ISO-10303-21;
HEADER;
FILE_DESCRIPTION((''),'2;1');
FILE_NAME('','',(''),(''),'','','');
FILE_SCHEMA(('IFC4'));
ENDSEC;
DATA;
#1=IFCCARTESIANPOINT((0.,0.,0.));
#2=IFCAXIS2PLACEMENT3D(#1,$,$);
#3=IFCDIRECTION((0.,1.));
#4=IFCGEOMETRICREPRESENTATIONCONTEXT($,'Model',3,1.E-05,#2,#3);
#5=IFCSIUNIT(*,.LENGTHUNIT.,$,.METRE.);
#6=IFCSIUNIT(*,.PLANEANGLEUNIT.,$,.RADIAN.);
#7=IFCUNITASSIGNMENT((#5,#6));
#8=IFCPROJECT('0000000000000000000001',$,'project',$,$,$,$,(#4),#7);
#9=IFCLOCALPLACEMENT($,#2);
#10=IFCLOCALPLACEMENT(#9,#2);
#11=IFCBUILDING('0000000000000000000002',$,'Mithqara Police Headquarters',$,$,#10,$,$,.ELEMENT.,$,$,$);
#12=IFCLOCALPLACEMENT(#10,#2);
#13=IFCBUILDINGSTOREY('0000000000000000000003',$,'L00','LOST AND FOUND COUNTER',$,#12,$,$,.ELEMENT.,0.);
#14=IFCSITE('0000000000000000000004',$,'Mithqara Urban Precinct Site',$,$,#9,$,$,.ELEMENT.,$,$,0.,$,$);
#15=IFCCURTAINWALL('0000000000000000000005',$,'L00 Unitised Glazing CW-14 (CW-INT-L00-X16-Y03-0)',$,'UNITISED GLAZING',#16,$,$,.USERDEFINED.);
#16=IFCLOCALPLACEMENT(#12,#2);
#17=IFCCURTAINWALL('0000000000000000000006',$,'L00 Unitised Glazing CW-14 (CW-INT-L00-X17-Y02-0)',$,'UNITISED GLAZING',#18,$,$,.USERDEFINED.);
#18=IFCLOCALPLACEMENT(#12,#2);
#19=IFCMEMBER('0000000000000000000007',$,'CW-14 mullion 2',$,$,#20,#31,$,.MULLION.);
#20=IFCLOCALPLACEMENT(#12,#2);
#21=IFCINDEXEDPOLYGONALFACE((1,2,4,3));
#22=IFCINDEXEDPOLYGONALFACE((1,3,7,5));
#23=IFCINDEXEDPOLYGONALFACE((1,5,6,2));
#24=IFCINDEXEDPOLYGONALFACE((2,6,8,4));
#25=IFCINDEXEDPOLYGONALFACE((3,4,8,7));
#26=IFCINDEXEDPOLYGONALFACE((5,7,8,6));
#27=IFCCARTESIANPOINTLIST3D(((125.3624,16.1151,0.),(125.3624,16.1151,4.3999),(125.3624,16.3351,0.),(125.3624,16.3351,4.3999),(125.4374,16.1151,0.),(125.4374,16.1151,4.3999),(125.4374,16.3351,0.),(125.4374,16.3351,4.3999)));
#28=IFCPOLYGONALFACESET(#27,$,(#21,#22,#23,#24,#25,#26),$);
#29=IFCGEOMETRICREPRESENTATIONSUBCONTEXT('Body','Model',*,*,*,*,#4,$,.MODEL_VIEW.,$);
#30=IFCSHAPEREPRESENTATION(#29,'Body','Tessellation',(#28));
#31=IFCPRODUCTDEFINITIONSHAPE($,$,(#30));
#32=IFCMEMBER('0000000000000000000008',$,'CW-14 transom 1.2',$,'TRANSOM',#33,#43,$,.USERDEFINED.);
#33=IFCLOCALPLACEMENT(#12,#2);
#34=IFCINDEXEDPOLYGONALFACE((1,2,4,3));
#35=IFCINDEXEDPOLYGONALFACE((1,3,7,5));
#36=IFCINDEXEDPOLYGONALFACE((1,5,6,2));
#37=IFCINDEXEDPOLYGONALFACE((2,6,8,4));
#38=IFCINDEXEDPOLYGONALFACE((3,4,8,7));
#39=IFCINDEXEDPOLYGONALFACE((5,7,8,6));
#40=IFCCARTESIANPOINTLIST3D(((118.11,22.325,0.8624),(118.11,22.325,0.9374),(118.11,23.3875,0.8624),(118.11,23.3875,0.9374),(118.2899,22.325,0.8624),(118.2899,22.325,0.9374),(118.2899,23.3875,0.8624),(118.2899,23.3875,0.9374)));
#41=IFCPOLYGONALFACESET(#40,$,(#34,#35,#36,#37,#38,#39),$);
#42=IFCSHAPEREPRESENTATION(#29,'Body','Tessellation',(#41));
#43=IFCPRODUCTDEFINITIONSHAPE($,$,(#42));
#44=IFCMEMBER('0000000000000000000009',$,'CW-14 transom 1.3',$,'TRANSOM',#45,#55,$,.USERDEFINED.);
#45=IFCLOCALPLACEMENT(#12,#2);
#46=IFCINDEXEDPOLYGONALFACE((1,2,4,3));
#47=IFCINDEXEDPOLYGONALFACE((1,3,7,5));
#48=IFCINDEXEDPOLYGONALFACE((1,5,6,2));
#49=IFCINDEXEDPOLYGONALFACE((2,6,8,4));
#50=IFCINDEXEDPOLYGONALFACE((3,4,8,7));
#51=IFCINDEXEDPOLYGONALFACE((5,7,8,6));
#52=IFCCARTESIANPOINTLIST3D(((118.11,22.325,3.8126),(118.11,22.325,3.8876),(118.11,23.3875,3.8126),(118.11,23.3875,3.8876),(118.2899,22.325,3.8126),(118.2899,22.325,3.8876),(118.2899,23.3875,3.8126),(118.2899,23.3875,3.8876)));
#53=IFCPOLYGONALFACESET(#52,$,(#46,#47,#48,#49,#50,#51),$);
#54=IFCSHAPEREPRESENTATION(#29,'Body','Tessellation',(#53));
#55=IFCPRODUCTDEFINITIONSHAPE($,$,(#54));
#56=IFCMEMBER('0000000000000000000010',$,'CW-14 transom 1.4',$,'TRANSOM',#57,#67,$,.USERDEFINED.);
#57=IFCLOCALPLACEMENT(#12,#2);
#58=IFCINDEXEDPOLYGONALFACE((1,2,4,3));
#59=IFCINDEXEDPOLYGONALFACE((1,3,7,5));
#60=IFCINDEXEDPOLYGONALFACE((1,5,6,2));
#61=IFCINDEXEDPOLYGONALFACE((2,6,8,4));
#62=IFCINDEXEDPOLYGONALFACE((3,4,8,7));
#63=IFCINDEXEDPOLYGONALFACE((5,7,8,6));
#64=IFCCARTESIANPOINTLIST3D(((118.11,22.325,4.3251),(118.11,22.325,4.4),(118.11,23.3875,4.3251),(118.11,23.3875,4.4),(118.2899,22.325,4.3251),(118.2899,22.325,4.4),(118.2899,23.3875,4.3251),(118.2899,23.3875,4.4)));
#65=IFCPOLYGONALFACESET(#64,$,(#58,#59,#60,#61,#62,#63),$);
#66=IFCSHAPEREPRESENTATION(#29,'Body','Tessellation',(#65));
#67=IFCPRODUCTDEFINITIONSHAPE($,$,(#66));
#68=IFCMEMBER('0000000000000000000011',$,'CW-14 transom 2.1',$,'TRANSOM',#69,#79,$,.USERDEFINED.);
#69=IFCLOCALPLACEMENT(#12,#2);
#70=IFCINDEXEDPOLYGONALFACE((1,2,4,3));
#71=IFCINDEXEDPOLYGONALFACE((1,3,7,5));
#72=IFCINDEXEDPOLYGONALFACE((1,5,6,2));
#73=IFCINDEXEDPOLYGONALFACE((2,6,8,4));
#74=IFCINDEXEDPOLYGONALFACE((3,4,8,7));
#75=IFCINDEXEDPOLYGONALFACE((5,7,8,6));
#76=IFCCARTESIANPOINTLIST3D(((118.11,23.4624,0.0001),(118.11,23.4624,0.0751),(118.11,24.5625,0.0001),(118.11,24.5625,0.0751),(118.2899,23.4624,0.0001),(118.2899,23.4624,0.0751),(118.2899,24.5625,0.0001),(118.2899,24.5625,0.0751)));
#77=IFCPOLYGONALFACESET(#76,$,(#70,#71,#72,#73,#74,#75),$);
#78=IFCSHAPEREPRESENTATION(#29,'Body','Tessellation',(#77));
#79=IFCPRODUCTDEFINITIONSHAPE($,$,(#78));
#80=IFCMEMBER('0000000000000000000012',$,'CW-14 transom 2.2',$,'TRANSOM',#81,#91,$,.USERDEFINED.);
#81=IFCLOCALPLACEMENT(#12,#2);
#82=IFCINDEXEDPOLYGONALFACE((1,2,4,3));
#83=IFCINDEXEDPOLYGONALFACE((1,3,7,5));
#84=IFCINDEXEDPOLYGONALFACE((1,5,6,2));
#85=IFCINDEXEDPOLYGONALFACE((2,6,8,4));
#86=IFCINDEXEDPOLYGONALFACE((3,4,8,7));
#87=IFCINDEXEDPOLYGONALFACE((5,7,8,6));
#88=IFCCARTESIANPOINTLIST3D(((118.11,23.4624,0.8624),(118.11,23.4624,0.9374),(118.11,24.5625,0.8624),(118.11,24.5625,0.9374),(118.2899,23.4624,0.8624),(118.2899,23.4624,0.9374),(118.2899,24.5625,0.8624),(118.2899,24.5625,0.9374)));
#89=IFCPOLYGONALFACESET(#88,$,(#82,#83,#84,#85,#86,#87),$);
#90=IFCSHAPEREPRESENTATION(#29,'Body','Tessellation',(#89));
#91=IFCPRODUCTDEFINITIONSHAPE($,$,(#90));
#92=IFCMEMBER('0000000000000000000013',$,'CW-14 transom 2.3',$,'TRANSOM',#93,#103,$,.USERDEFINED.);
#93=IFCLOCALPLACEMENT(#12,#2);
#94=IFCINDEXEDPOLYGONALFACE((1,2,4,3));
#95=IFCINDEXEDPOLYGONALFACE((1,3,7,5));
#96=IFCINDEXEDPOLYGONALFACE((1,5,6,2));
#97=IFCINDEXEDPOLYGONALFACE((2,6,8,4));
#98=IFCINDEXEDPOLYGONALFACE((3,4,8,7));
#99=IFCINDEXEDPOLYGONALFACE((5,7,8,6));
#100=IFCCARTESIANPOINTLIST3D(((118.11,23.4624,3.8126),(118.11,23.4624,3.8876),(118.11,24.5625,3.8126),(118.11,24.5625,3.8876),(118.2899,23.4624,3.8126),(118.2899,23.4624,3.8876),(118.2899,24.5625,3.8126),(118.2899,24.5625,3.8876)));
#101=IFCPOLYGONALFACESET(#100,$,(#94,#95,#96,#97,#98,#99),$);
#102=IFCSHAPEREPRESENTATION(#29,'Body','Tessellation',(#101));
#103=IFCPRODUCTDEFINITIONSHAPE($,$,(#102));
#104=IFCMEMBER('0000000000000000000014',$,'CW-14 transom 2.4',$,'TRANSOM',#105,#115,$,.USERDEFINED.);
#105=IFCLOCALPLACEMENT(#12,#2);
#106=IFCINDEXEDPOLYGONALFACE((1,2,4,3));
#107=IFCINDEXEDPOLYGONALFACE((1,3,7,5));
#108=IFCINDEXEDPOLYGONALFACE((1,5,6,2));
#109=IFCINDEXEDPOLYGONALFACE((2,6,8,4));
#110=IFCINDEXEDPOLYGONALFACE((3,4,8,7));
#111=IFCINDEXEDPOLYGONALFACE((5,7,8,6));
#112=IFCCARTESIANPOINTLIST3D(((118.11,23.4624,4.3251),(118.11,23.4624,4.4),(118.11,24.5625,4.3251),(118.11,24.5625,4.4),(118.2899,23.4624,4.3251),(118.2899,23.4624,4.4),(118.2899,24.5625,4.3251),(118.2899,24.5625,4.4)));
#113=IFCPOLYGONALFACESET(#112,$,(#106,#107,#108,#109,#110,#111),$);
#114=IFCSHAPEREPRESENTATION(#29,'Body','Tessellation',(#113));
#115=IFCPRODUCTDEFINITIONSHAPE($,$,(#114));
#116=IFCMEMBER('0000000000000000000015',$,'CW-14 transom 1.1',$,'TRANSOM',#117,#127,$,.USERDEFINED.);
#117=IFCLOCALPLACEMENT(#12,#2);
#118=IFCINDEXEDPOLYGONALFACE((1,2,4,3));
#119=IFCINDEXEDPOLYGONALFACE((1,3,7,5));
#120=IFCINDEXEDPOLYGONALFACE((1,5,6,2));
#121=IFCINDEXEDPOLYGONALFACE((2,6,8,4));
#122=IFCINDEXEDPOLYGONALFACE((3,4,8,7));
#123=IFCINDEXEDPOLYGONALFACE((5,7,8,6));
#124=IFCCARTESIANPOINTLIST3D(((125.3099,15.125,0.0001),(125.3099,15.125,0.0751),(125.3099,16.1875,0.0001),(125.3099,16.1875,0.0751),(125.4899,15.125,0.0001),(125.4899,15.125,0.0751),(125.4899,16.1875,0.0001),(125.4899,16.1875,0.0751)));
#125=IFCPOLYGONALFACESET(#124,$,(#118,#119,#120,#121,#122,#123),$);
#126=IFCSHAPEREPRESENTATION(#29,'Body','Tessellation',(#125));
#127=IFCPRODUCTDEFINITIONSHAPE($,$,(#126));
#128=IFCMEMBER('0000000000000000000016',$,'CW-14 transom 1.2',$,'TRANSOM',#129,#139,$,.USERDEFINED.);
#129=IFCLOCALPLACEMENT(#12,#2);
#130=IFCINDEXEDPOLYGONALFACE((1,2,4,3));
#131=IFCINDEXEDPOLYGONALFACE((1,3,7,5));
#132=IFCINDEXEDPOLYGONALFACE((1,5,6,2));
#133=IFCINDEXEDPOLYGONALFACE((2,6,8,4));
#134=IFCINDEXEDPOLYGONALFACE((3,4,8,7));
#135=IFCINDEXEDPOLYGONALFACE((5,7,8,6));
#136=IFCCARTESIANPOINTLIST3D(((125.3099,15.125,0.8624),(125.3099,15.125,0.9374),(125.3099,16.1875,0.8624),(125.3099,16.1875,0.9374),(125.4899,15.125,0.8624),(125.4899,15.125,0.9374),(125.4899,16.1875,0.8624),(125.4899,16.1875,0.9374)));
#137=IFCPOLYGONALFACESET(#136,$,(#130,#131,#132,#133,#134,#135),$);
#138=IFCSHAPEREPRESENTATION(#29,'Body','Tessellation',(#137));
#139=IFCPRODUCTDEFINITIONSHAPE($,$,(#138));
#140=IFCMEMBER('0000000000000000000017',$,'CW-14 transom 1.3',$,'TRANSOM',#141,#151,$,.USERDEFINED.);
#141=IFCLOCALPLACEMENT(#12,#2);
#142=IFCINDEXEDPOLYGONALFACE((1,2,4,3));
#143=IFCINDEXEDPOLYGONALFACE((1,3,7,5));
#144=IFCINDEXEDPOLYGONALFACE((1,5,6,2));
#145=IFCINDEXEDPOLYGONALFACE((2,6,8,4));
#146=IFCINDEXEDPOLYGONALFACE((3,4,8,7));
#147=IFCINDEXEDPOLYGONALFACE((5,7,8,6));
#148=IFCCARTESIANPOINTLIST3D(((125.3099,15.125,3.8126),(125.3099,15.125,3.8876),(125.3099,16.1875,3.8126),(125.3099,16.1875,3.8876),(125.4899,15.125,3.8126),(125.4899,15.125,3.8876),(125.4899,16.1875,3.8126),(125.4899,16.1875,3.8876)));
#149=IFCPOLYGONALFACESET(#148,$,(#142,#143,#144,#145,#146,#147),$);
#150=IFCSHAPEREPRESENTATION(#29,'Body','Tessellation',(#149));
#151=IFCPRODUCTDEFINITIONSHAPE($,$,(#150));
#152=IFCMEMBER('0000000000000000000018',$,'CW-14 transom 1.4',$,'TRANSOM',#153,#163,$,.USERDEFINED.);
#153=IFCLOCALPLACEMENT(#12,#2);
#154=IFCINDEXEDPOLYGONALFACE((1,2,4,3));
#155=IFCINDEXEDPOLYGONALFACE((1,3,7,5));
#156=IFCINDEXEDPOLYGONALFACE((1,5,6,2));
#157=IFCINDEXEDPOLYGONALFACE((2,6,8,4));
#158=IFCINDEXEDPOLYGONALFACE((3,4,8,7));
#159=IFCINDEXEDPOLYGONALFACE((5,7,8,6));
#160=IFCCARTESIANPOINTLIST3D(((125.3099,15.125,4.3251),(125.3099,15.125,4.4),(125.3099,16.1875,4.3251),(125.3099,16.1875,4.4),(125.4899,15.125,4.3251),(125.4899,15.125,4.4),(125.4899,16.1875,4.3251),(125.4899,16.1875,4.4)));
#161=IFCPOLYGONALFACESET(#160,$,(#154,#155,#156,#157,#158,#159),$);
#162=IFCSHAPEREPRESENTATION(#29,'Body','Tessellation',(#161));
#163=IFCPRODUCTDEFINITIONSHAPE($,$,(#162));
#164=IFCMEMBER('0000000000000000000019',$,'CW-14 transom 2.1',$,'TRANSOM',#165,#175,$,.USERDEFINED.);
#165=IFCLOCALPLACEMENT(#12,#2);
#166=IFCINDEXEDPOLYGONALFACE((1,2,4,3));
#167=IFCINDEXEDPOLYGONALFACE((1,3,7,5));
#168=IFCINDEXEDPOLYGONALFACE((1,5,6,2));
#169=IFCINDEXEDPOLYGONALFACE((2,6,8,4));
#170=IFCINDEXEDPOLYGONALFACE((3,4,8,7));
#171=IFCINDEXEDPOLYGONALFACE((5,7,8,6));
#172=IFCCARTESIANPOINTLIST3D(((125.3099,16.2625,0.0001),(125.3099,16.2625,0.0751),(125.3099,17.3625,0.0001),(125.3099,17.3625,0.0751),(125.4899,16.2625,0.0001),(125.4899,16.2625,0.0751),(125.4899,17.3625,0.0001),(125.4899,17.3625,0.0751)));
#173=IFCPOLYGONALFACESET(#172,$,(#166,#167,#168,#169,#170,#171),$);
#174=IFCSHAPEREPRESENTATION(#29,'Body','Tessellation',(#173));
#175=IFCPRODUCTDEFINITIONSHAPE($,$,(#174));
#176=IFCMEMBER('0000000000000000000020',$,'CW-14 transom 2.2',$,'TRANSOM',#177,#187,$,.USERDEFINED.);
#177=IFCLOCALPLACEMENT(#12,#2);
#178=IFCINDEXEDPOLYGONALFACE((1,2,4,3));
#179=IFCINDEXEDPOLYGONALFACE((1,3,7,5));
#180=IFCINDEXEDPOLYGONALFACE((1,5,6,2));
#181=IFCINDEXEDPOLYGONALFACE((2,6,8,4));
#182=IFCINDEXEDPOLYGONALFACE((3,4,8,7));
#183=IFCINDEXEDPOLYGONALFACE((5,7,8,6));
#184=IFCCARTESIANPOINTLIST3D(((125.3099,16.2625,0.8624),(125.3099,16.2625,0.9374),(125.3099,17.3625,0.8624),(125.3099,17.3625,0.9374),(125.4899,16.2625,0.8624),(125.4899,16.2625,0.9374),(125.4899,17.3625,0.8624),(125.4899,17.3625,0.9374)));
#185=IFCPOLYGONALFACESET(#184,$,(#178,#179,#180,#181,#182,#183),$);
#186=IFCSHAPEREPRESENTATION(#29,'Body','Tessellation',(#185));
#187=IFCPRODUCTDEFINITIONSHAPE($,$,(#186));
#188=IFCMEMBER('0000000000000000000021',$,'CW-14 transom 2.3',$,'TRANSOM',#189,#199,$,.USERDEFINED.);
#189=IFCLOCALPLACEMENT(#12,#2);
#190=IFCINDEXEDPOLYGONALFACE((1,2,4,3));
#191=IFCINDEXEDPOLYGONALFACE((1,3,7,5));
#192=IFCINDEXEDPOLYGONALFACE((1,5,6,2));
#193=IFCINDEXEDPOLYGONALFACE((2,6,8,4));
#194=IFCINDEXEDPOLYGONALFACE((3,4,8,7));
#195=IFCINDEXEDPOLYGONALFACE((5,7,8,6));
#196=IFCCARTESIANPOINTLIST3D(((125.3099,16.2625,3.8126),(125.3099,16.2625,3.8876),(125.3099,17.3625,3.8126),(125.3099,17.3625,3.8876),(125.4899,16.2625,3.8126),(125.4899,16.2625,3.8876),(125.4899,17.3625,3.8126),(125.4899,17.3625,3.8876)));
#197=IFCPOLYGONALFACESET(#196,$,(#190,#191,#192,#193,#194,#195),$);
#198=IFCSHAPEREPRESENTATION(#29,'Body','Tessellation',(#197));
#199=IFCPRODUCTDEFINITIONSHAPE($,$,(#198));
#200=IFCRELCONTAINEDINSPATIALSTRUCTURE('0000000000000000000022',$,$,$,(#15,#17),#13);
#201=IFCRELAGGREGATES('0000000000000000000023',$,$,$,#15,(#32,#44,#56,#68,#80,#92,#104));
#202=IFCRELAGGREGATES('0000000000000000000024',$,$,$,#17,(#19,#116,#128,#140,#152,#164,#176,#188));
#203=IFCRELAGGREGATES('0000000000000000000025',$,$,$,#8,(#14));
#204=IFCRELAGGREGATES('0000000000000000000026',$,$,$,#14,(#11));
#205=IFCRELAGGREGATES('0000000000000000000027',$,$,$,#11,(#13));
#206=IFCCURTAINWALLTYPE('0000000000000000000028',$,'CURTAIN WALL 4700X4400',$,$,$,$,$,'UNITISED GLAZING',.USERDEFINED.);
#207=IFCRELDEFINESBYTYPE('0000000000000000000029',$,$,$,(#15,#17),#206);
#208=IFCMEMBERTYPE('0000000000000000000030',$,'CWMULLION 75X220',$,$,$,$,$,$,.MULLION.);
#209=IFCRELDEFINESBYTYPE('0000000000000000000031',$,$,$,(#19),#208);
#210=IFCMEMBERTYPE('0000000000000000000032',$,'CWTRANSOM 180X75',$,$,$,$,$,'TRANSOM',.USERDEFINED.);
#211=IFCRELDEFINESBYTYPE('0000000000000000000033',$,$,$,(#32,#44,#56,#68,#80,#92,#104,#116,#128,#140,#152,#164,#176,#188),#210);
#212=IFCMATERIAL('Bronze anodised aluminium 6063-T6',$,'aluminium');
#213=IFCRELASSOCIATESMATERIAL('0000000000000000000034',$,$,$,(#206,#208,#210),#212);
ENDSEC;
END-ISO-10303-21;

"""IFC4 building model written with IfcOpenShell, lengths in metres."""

from ifc_helpers import new_model, si_unit, direction, frame, origin, origin_2d, place, context, subcontext, project, spatial, rectangle, extrude, material, material_profile, profile_set, type_object, element, aggregate, save


model = new_model("IFC4")

# Units and contexts
model_context = context("Model", 3, precision=1e-05, world=origin(), true_north=direction((0.0, 1.0)))
body_context = subcontext(model_context, "Body", "Model", "MODEL_VIEW")
ifc_project = project(units=[si_unit("LENGTHUNIT", "METRE"), si_unit("PLANEANGLEUNIT", "RADIAN")], contexts=[model_context])

# Site, building, storey
site_placement = place(None, origin())
site = spatial("IfcSite", under=ifc_project, at=site_placement, Name="Mithqara Urban Precinct Site", CompositionType="ELEMENT", RefElevation=0.0)
building_placement = place(site_placement, origin())
building = spatial("IfcBuilding", under=site, at=building_placement, Name="Mithqara Police Headquarters", CompositionType="ELEMENT")
storey_placement = place(building_placement, origin())
storey = spatial("IfcBuildingStorey", under=building, at=storey_placement, Name="L00", Description="LOST AND FOUND COUNTER", CompositionType="ELEMENT", Elevation=0.0)

# Curtain wall
ifc_material_1 = material(Name="Bronze anodised aluminium 6063-T6", Category="aluminium")
curtain_wall_type = type_object("IfcCurtainWallType", Name="CURTAIN WALL 4700X4400", ElementType="UNITISED GLAZING", PredefinedType="USERDEFINED", material=ifc_material_1)
curtain_wall_1_placement = place(storey_placement, origin())
curtain_wall_1 = element("IfcCurtainWall", 1, at=curtain_wall_1_placement, inside=storey, type_object=curtain_wall_type, Name="L00 Unitised Glazing CW-14 (CW-INT-L00-X16-Y03-0)", ObjectType="UNITISED GLAZING", PredefinedType="USERDEFINED")
ifc_material_profile_1 = material_profile(ifc_material_1, rectangle(XDim=0.075, YDim=0.22, at=origin_2d()), Name="CWM 75x220")
ifc_profile_set_1 = profile_set([ifc_material_profile_1], Name="Bronze anodised aluminium 6063-T6")
member_type_1 = type_object("IfcMemberType", Name="CWMULLION 75X220", PredefinedType="MULLION", material=ifc_profile_set_1)

# Curtain wall, member
curtain_wall_2_placement = place(storey_placement, origin())
curtain_wall_2 = element("IfcCurtainWall", 2, at=curtain_wall_2_placement, inside=storey, type_object=curtain_wall_type, Name="L00 Unitised Glazing CW-14 (CW-INT-L00-X17-Y02-0)", ObjectType="UNITISED GLAZING", PredefinedType="USERDEFINED")
member_1_placement = place(storey_placement, frame((125.3999, 16.2251, 0.0), z_axis=(0.0, 0.0, 1.0), x_axis=(-1.0, 0.0, 0.0)))
member_1 = element("IfcMember", 3, at=member_1_placement, type_object=member_type_1, Name="CW-14 mullion 2", PredefinedType="MULLION", context=body_context, shape_type="SweptSolid", body=[
    extrude(rectangle(XDim=0.075, YDim=0.22, at=origin_2d()), origin(), (0.0, 0.0, 1.0), 4.3999),
])

# Members
ifc_material_profile_2 = material_profile(ifc_material_1, rectangle(XDim=0.1799, YDim=0.075, at=origin_2d()), Name="CWT 180x75")
ifc_profile_set_2 = profile_set([ifc_material_profile_2], Name="Bronze anodised aluminium 6063-T6")
member_type_2 = type_object("IfcMemberType", Name="CWTRANSOM 180X75", ElementType="TRANSOM", PredefinedType="USERDEFINED", material=ifc_profile_set_2)
member_2_placement = place(storey_placement, frame((118.2, 22.325, 0.8999), z_axis=(0.0, 1.0, 0.0), x_axis=(-1.0, 0.0, 0.0)))
member_2 = element("IfcMember", 4, at=member_2_placement, type_object=member_type_2, Name="CW-14 transom 1.2", ObjectType="TRANSOM", PredefinedType="USERDEFINED", context=body_context, shape_type="SweptSolid", body=[
    extrude(rectangle(XDim=0.1799, YDim=0.075, at=origin_2d()), origin(), (0.0, 0.0, 1.0), 1.0625),
])
member_3_placement = place(storey_placement, frame((118.2, 22.325, 3.8501), z_axis=(0.0, 1.0, 0.0), x_axis=(-1.0, 0.0, 0.0)))
member_3 = element("IfcMember", 5, at=member_3_placement, type_object=member_type_2, Name="CW-14 transom 1.3", ObjectType="TRANSOM", PredefinedType="USERDEFINED", context=body_context, shape_type="SweptSolid", body=[
    extrude(rectangle(XDim=0.1799, YDim=0.075, at=origin_2d()), origin(), (0.0, 0.0, 1.0), 1.0625),
])
member_4_placement = place(storey_placement, frame((118.2, 22.325, 4.3625), z_axis=(0.0, 1.0, 0.0), x_axis=(-1.0, 0.0, 0.0)))
member_4 = element("IfcMember", 6, at=member_4_placement, type_object=member_type_2, Name="CW-14 transom 1.4", ObjectType="TRANSOM", PredefinedType="USERDEFINED", context=body_context, shape_type="SweptSolid", body=[
    extrude(rectangle(XDim=0.1799, YDim=0.075, at=origin_2d()), origin(), (0.0, 0.0, 1.0), 1.0625),
])
member_5_placement = place(storey_placement, frame((118.2, 23.4624, 0.0376), z_axis=(0.0, 1.0, 0.0), x_axis=(-1.0, 0.0, 0.0)))
member_5 = element("IfcMember", 7, at=member_5_placement, type_object=member_type_2, Name="CW-14 transom 2.1", ObjectType="TRANSOM", PredefinedType="USERDEFINED", context=body_context, shape_type="SweptSolid", body=[
    extrude(rectangle(XDim=0.1799, YDim=0.075, at=origin_2d()), origin(), (0.0, 0.0, 1.0), 1.1001),
])
member_6_placement = place(storey_placement, frame((118.2, 23.4624, 0.8999), z_axis=(0.0, 1.0, 0.0), x_axis=(-1.0, 0.0, 0.0)))
member_6 = element("IfcMember", 8, at=member_6_placement, type_object=member_type_2, Name="CW-14 transom 2.2", ObjectType="TRANSOM", PredefinedType="USERDEFINED", context=body_context, shape_type="SweptSolid", body=[
    extrude(rectangle(XDim=0.1799, YDim=0.075, at=origin_2d()), origin(), (0.0, 0.0, 1.0), 1.1001),
])
member_7_placement = place(storey_placement, frame((118.2, 23.4624, 3.8501), z_axis=(0.0, 1.0, 0.0), x_axis=(-1.0, 0.0, 0.0)))
member_7 = element("IfcMember", 9, at=member_7_placement, type_object=member_type_2, Name="CW-14 transom 2.3", ObjectType="TRANSOM", PredefinedType="USERDEFINED", context=body_context, shape_type="SweptSolid", body=[
    extrude(rectangle(XDim=0.1799, YDim=0.075, at=origin_2d()), origin(), (0.0, 0.0, 1.0), 1.1001),
])
member_8_placement = place(storey_placement, frame((118.2, 23.4624, 4.3625), z_axis=(0.0, 1.0, 0.0), x_axis=(-1.0, 0.0, 0.0)))
member_8 = element("IfcMember", 10, at=member_8_placement, type_object=member_type_2, Name="CW-14 transom 2.4", ObjectType="TRANSOM", PredefinedType="USERDEFINED", context=body_context, shape_type="SweptSolid", body=[
    extrude(rectangle(XDim=0.1799, YDim=0.075, at=origin_2d()), origin(), (0.0, 0.0, 1.0), 1.1001),
])
member_9_placement = place(storey_placement, frame((125.3999, 15.125, 0.0376), z_axis=(0.0, 1.0, 0.0), x_axis=(-1.0, 0.0, 0.0)))
member_9 = element("IfcMember", 11, at=member_9_placement, type_object=member_type_2, Name="CW-14 transom 1.1", ObjectType="TRANSOM", PredefinedType="USERDEFINED", context=body_context, shape_type="SweptSolid", body=[
    extrude(rectangle(XDim=0.1799, YDim=0.075, at=origin_2d()), origin(), (0.0, 0.0, 1.0), 1.0625),
])
member_10_placement = place(storey_placement, frame((125.3999, 15.125, 0.8999), z_axis=(0.0, 1.0, 0.0), x_axis=(-1.0, 0.0, 0.0)))
member_10 = element("IfcMember", 12, at=member_10_placement, type_object=member_type_2, Name="CW-14 transom 1.2", ObjectType="TRANSOM", PredefinedType="USERDEFINED", context=body_context, shape_type="SweptSolid", body=[
    extrude(rectangle(XDim=0.1799, YDim=0.075, at=origin_2d()), origin(), (0.0, 0.0, 1.0), 1.0625),
])
member_11_placement = place(storey_placement, frame((125.3999, 15.125, 3.8501), z_axis=(0.0, 1.0, 0.0), x_axis=(-1.0, 0.0, 0.0)))
member_11 = element("IfcMember", 13, at=member_11_placement, type_object=member_type_2, Name="CW-14 transom 1.3", ObjectType="TRANSOM", PredefinedType="USERDEFINED", context=body_context, shape_type="SweptSolid", body=[
    extrude(rectangle(XDim=0.1799, YDim=0.075, at=origin_2d()), origin(), (0.0, 0.0, 1.0), 1.0625),
])
member_12_placement = place(storey_placement, frame((125.3999, 15.125, 4.3625), z_axis=(0.0, 1.0, 0.0), x_axis=(-1.0, 0.0, 0.0)))
member_12 = element("IfcMember", 14, at=member_12_placement, type_object=member_type_2, Name="CW-14 transom 1.4", ObjectType="TRANSOM", PredefinedType="USERDEFINED", context=body_context, shape_type="SweptSolid", body=[
    extrude(rectangle(XDim=0.1799, YDim=0.075, at=origin_2d()), origin(), (0.0, 0.0, 1.0), 1.0625),
])
member_13_placement = place(storey_placement, frame((125.3999, 16.2625, 0.0376), z_axis=(0.0, 1.0, 0.0), x_axis=(-1.0, 0.0, 0.0)))
member_13 = element("IfcMember", 15, at=member_13_placement, type_object=member_type_2, Name="CW-14 transom 2.1", ObjectType="TRANSOM", PredefinedType="USERDEFINED", context=body_context, shape_type="SweptSolid", body=[
    extrude(rectangle(XDim=0.1799, YDim=0.075, at=origin_2d()), origin(), (0.0, 0.0, 1.0), 1.1001),
])
member_14_placement = place(storey_placement, frame((125.3999, 16.2625, 0.8999), z_axis=(0.0, 1.0, 0.0), x_axis=(-1.0, 0.0, 0.0)))
member_14 = element("IfcMember", 16, at=member_14_placement, type_object=member_type_2, Name="CW-14 transom 2.2", ObjectType="TRANSOM", PredefinedType="USERDEFINED", context=body_context, shape_type="SweptSolid", body=[
    extrude(rectangle(XDim=0.1799, YDim=0.075, at=origin_2d()), origin(), (0.0, 0.0, 1.0), 1.1001),
])
member_15_placement = place(storey_placement, frame((125.3999, 16.2625, 3.8501), z_axis=(0.0, 1.0, 0.0), x_axis=(-1.0, 0.0, 0.0)))
member_15 = element("IfcMember", 17, at=member_15_placement, type_object=member_type_2, Name="CW-14 transom 2.3", ObjectType="TRANSOM", PredefinedType="USERDEFINED", context=body_context, shape_type="SweptSolid", body=[
    extrude(rectangle(XDim=0.1799, YDim=0.075, at=origin_2d()), origin(), (0.0, 0.0, 1.0), 1.1001),
])

aggregate(curtain_wall_1, [member_2, member_3, member_4, member_5, member_6, member_7, member_8])
aggregate(curtain_wall_2, [member_1, member_9, member_10, member_11, member_12, member_13, member_14, member_15])

save(model, "model.ifc")
